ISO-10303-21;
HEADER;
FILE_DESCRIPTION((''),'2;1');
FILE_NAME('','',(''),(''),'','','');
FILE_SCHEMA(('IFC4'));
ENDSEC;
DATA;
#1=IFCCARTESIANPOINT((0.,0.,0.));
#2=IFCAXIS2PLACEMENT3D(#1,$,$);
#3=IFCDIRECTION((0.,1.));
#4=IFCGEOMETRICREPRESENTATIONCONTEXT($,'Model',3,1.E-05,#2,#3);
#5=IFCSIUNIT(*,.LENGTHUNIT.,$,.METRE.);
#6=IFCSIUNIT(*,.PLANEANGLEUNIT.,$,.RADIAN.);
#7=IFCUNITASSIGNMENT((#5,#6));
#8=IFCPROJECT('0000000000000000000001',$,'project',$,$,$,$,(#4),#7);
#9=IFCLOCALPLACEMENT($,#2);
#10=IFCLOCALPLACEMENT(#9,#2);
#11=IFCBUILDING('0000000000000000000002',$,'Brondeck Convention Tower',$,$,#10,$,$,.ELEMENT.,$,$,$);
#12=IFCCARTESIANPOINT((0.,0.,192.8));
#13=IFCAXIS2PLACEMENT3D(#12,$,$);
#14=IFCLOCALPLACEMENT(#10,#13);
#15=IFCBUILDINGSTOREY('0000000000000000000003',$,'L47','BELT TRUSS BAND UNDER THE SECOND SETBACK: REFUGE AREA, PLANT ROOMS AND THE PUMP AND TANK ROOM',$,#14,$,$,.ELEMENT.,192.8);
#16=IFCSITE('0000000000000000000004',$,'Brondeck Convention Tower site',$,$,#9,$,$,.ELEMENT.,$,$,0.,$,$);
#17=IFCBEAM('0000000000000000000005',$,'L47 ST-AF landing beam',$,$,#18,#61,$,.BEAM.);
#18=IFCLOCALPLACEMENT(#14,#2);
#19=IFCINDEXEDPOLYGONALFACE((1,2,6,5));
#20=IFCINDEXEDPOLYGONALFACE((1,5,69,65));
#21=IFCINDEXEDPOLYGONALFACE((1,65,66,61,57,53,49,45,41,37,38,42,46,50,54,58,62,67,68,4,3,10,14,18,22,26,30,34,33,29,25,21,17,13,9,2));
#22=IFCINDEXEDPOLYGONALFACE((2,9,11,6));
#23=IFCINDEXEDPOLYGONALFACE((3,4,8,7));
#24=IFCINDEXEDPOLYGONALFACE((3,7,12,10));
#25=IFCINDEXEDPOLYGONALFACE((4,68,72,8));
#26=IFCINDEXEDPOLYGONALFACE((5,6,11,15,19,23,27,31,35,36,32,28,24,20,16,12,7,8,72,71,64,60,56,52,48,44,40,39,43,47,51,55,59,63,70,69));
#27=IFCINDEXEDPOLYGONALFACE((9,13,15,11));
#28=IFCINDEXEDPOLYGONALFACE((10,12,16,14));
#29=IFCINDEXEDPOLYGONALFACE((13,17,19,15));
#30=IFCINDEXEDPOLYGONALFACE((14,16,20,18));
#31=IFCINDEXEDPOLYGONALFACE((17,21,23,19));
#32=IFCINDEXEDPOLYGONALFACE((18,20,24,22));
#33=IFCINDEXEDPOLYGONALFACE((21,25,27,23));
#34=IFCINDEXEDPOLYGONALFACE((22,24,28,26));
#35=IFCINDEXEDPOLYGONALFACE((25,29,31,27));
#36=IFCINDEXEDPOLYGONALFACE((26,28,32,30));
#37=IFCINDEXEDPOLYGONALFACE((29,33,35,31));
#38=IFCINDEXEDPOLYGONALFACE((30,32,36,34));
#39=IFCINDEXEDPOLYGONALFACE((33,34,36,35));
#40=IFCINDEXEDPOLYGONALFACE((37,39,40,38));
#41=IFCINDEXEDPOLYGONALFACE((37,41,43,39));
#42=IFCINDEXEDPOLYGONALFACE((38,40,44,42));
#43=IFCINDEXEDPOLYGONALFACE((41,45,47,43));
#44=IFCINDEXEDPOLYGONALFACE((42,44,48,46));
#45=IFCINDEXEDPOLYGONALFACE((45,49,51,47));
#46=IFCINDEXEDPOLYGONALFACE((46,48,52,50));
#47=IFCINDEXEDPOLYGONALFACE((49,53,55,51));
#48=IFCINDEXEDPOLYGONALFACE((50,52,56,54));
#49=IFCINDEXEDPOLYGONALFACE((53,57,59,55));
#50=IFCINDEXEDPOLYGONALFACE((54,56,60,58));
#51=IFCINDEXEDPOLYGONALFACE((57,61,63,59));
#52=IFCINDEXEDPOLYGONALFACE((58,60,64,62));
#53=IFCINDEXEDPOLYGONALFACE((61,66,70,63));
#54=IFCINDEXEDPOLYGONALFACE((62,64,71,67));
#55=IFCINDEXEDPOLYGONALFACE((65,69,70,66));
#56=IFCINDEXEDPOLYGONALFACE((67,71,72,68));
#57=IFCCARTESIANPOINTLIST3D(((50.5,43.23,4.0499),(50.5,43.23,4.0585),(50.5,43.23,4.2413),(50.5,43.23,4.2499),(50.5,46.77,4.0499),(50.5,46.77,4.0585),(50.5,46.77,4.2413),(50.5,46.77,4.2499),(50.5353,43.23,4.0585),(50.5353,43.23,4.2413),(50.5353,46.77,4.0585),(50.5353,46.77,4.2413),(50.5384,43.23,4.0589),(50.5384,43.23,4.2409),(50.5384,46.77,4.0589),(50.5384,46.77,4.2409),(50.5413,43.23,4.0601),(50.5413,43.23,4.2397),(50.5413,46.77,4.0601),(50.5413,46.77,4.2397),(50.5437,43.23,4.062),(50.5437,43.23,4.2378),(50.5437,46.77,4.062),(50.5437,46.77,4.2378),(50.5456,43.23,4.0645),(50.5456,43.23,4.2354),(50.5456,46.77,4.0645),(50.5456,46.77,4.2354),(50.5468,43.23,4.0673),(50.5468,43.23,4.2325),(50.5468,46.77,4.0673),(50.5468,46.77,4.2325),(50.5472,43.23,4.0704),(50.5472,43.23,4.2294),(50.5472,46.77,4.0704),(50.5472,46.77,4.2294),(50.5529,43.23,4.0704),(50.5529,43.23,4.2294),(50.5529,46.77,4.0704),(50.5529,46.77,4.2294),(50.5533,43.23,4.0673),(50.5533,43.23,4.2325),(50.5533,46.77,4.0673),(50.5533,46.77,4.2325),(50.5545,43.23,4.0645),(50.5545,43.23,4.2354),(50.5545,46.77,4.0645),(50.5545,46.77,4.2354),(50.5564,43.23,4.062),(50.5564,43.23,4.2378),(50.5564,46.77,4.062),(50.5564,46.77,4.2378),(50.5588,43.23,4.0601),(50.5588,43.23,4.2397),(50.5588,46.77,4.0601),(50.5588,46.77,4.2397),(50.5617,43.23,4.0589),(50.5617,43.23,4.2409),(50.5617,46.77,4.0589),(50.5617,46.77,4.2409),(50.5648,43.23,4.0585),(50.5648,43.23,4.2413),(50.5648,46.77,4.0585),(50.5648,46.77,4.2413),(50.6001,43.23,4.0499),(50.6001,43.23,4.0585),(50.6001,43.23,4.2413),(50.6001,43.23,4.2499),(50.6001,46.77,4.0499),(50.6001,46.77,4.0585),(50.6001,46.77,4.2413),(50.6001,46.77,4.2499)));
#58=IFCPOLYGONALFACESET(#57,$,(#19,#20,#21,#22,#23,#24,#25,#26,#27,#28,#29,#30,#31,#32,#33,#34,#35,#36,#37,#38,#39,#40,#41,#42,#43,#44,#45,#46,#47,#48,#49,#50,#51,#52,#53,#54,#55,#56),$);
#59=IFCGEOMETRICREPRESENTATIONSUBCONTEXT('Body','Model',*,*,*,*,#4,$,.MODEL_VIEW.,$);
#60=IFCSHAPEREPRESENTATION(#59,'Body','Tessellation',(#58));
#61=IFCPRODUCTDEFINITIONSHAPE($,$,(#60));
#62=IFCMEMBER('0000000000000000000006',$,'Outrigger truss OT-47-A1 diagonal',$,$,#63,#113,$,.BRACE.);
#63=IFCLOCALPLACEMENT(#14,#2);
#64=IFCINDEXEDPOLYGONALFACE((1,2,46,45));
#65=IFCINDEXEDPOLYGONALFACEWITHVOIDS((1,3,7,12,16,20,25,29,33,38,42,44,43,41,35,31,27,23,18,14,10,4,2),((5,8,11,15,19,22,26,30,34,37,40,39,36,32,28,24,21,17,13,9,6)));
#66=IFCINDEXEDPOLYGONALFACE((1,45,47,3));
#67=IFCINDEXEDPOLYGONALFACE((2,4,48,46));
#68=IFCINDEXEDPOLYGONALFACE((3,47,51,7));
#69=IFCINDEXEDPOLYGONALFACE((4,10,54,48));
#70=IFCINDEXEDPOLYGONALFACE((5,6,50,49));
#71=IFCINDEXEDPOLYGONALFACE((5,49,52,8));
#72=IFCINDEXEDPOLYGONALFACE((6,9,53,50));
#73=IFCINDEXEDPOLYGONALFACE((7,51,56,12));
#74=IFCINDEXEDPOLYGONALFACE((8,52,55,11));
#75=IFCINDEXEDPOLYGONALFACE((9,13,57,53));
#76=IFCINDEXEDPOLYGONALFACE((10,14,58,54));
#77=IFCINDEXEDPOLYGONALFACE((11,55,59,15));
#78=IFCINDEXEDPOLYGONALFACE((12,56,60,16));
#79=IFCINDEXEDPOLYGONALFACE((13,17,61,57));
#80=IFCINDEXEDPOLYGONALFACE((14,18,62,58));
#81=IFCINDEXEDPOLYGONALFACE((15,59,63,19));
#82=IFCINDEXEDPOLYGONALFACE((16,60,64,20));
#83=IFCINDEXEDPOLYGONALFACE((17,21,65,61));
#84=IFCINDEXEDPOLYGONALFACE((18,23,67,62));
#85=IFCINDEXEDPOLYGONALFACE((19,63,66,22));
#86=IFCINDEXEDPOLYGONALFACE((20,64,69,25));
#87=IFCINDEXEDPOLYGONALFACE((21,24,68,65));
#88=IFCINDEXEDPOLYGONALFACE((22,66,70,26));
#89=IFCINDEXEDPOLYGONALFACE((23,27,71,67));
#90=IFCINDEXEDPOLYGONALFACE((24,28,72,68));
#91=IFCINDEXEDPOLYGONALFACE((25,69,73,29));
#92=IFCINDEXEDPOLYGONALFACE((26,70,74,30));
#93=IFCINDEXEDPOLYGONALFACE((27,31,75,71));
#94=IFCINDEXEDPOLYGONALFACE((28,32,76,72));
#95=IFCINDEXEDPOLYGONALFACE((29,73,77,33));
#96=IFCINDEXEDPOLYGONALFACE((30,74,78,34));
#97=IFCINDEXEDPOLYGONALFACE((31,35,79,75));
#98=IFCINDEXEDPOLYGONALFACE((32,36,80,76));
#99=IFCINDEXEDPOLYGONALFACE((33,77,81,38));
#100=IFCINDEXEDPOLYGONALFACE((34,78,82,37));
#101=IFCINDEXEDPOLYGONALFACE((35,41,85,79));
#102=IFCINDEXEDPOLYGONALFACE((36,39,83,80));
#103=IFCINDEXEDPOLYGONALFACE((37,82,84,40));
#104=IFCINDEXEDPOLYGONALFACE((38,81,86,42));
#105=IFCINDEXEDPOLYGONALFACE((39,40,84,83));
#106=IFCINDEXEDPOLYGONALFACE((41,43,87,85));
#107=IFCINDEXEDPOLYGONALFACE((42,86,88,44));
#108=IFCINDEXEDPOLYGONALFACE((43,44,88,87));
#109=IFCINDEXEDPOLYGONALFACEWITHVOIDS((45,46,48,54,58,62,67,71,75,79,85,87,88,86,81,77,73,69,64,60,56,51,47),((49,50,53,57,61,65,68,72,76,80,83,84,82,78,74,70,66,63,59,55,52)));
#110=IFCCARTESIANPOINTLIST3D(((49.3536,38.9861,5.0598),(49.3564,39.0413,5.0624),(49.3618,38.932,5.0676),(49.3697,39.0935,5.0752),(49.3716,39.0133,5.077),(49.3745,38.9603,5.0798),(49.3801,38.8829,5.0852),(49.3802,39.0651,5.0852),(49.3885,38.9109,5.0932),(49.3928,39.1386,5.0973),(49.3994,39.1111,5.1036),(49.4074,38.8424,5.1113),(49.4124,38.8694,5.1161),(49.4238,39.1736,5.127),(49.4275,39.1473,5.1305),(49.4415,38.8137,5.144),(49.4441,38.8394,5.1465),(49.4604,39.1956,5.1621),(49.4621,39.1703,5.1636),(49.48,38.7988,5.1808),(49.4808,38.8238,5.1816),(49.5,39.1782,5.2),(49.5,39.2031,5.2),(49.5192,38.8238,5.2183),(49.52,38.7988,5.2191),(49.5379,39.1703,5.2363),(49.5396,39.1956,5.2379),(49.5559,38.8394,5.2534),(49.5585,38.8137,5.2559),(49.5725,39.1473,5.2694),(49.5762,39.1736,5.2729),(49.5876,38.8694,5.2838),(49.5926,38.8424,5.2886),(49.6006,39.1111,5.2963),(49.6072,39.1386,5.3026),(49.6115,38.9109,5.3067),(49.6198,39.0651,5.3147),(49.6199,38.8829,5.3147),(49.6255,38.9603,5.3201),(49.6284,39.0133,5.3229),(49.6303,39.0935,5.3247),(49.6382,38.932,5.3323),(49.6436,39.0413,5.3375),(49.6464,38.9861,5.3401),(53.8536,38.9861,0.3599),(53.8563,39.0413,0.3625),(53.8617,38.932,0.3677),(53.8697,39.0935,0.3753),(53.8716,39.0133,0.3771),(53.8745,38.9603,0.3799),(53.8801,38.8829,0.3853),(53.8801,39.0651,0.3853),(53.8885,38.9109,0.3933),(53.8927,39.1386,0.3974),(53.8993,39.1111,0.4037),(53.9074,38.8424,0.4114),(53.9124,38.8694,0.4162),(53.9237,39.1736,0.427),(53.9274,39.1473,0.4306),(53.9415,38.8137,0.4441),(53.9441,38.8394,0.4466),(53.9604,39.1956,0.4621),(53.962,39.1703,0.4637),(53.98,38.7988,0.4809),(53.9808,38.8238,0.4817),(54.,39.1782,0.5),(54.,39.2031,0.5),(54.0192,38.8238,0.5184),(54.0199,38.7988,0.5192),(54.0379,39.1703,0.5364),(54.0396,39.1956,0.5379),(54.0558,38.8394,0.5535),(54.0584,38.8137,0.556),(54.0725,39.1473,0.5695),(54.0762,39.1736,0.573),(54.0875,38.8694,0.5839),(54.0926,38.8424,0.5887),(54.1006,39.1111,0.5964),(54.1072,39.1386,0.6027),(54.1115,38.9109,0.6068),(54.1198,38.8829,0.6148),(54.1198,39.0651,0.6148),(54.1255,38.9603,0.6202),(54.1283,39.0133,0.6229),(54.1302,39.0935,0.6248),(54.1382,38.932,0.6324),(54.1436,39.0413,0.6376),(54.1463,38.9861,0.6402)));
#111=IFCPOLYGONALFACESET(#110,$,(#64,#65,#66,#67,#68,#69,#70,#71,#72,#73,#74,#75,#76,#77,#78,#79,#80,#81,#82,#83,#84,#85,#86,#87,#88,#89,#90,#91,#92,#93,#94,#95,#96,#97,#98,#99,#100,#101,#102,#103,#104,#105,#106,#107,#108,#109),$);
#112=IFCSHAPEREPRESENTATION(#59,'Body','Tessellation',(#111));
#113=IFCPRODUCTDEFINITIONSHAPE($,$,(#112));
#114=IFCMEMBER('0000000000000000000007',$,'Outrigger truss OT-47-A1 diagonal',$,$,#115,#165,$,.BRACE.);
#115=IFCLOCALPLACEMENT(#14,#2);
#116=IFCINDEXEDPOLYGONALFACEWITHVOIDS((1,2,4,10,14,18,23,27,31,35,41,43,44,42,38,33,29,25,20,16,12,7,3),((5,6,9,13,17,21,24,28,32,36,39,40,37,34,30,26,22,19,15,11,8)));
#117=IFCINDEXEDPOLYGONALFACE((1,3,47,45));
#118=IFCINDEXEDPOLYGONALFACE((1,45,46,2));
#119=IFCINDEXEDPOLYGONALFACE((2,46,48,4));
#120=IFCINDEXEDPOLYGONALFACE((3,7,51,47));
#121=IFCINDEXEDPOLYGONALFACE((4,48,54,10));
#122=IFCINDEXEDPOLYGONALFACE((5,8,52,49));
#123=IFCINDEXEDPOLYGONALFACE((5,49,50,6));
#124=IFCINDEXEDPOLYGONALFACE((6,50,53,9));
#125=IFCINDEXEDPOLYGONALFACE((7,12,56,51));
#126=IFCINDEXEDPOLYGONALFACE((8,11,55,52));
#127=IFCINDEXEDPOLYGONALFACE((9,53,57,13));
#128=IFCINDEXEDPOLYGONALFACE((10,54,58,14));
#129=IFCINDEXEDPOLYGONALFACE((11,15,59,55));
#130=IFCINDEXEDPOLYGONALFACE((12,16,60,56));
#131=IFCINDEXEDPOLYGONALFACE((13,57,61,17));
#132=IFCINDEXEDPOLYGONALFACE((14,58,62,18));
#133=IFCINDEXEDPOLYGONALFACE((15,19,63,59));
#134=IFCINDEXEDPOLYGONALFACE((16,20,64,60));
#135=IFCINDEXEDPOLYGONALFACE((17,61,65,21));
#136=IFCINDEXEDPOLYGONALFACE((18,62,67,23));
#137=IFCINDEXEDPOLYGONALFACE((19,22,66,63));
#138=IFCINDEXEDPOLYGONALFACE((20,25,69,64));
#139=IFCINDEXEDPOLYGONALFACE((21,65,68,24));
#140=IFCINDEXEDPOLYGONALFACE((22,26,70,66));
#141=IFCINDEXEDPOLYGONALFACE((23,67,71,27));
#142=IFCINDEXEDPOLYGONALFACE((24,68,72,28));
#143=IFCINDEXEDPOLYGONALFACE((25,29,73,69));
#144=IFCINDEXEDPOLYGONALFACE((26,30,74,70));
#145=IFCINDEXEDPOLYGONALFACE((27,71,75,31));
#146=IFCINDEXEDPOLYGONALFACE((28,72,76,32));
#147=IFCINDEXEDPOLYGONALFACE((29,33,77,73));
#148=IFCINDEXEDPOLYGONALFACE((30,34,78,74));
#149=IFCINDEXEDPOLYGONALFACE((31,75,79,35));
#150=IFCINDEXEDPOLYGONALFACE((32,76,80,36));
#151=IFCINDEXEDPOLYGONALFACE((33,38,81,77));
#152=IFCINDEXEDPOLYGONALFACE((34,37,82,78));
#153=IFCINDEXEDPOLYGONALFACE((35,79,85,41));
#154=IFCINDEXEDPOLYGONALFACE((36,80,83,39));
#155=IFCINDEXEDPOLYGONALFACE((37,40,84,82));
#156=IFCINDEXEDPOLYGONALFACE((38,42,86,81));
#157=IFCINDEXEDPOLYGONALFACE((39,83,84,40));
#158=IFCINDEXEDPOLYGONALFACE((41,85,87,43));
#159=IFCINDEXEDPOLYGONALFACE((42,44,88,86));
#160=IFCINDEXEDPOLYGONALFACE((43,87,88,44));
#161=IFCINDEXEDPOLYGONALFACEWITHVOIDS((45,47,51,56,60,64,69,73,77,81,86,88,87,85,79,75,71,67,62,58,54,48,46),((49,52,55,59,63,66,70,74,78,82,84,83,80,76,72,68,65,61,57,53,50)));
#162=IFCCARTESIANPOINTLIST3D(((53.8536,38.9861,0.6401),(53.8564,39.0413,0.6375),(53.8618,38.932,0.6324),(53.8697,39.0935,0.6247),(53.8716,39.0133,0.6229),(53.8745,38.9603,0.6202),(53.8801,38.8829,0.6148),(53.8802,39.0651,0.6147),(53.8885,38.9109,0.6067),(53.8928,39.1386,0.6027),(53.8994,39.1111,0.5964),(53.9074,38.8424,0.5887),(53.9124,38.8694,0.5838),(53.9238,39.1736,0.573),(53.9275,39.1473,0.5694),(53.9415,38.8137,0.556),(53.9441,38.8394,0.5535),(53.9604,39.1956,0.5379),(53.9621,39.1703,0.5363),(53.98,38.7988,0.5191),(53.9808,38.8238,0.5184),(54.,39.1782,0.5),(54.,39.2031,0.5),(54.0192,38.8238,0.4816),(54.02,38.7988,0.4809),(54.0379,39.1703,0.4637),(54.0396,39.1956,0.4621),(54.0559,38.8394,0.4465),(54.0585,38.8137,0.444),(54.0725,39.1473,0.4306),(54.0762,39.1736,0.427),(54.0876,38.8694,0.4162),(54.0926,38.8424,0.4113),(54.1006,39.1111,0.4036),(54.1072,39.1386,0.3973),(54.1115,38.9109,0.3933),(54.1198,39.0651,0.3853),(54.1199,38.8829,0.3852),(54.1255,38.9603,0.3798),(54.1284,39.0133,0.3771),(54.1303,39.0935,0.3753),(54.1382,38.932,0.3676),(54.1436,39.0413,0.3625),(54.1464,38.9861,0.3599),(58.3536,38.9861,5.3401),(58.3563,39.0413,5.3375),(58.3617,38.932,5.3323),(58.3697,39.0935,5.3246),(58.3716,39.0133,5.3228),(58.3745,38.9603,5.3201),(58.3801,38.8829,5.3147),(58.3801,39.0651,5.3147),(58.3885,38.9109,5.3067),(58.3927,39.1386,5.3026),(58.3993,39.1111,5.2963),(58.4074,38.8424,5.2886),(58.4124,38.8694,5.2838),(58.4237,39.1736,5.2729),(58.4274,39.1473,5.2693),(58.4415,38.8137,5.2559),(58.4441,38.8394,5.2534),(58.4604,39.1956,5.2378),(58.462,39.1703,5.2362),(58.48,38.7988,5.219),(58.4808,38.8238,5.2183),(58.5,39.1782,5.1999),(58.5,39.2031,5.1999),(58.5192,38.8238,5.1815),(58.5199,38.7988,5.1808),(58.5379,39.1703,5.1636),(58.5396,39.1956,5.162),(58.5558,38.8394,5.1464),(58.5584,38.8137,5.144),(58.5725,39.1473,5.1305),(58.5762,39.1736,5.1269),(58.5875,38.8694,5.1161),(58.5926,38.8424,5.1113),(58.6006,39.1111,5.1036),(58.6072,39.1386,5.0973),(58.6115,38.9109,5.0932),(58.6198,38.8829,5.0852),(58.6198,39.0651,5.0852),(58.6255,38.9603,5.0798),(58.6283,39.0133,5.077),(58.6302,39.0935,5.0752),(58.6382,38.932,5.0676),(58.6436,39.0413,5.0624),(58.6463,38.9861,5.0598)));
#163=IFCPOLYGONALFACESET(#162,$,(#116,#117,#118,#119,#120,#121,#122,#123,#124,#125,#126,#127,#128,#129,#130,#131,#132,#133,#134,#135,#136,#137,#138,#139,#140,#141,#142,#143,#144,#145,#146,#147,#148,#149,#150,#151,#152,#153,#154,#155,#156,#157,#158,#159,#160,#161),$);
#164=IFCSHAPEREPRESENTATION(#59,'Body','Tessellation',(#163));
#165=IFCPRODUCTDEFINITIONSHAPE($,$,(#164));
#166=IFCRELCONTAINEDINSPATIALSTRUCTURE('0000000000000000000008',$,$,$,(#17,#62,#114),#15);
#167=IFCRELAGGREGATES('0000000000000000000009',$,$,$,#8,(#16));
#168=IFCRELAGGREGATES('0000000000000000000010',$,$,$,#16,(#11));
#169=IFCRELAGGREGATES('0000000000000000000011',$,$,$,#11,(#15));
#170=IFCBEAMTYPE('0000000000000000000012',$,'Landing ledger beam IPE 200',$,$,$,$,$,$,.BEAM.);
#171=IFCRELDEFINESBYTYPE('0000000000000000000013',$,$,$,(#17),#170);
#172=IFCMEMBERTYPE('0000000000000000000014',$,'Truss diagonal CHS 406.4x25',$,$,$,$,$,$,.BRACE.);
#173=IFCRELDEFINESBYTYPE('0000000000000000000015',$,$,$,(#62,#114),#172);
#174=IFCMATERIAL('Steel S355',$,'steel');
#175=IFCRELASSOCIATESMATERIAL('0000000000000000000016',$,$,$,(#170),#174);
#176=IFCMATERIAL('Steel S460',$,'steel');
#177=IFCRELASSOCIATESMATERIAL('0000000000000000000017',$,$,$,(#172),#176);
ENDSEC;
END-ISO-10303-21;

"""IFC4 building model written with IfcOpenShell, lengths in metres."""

from ifc_helpers import new_model, si_unit, direction, frame, origin, origin_2d, place, context, subcontext, project, spatial, hollow_circle, i_section, extrude, material, material_profile, profile_set, type_object, element, save


model = new_model("IFC4")

# Units and contexts
model_context = context("Model", 3, precision=1e-05, world=origin(), true_north=direction((0.0, 1.0)))
body_context = subcontext(model_context, "Body", "Model", "MODEL_VIEW")
ifc_project = project(units=[si_unit("LENGTHUNIT", "METRE"), si_unit("PLANEANGLEUNIT", "RADIAN")], contexts=[model_context])

# Site, building, storey
site_placement = place(None, origin())
site = spatial("IfcSite", under=ifc_project, at=site_placement, Name="Brondeck Convention Tower site", CompositionType="ELEMENT", RefElevation=0.0)
building_placement = place(site_placement, origin())
building = spatial("IfcBuilding", under=site, at=building_placement, Name="Brondeck Convention Tower", CompositionType="ELEMENT")
storey_placement = place(building_placement, frame((0.0, 0.0, 192.8)))
storey = spatial("IfcBuildingStorey", under=building, at=storey_placement, Name="L47", Description="BELT TRUSS BAND UNDER THE SECOND SETBACK: REFUGE AREA, PLANT ROOMS AND THE PUMP AND TANK ROOM", CompositionType="ELEMENT", Elevation=192.8)

# Beam
ifc_material_1 = material(Name="Steel S355", Category="steel")
ifc_material_profile_1 = material_profile(ifc_material_1, i_section(OverallWidth=0.1001, OverallDepth=0.2, WebThickness=0.0056, FlangeThickness=0.0085, FilletRadius=0.012, at=origin_2d()), Name="IPE200")
ifc_profile_set_1 = profile_set([ifc_material_profile_1], Name="Steel S355")
beam_type_1 = type_object("IfcBeamType", Name="Landing ledger beam IPE 200", PredefinedType="BEAM", material=ifc_profile_set_1)
for number, where, z_axis, x_axis, name in (
    (1, (50.55, 43.23, 4.1499), (0.0, 1.0, 0.0), (-1.0, 0.0, 0.0), "L47 ST-AF landing beam"),
):
    element("IfcBeam", number, at=place(storey_placement, frame(where, z_axis=z_axis, x_axis=x_axis)), inside=storey, type_object=beam_type_1, Name=name, PredefinedType="BEAM", context=body_context, shape_type="SweptSolid", body=[
        extrude(i_section(OverallWidth=0.1001, OverallDepth=0.2, WebThickness=0.0056, FlangeThickness=0.0085, FilletRadius=0.012, at=origin_2d()), origin(), (0.0, 0.0, 1.0), 3.54),
    ])

# Members
ifc_material_2 = material(Name="Steel S460", Category="steel")
ifc_material_profile_2 = material_profile(ifc_material_2, hollow_circle(Radius=0.2031, WallThickness=0.0249, at=origin_2d()), Name="CHS 406.4x25")
ifc_profile_set_2 = profile_set([ifc_material_profile_2], Name="Steel S460")
member_type_1 = type_object("IfcMemberType", Name="Truss diagonal CHS 406.4x25", PredefinedType="BRACE", material=ifc_profile_set_2)
for number, where, z_axis, x_axis, name in (
    (2, (49.5, 39.0, 5.2), (0.691575, 0.0, -0.722304), (0.0, 1.0, 0.0), "Outrigger truss OT-47-A1 diagonal"),
    (3, (54.0, 39.0, 0.5), (0.691575, 0.0, 0.722304), (0.0, 1.0, 0.0), "Outrigger truss OT-47-A1 diagonal"),
):
    element("IfcMember", number, at=place(storey_placement, frame(where, z_axis=z_axis, x_axis=x_axis)), inside=storey, type_object=member_type_1, Name=name, PredefinedType="BRACE", context=body_context, shape_type="SweptSolid", body=[
        extrude(hollow_circle(Radius=0.2031, WallThickness=0.0249, at=origin_2d()), origin(), (0.0, 0.0, 1.0), 6.5068),
    ])

save(model, "model.ifc")
